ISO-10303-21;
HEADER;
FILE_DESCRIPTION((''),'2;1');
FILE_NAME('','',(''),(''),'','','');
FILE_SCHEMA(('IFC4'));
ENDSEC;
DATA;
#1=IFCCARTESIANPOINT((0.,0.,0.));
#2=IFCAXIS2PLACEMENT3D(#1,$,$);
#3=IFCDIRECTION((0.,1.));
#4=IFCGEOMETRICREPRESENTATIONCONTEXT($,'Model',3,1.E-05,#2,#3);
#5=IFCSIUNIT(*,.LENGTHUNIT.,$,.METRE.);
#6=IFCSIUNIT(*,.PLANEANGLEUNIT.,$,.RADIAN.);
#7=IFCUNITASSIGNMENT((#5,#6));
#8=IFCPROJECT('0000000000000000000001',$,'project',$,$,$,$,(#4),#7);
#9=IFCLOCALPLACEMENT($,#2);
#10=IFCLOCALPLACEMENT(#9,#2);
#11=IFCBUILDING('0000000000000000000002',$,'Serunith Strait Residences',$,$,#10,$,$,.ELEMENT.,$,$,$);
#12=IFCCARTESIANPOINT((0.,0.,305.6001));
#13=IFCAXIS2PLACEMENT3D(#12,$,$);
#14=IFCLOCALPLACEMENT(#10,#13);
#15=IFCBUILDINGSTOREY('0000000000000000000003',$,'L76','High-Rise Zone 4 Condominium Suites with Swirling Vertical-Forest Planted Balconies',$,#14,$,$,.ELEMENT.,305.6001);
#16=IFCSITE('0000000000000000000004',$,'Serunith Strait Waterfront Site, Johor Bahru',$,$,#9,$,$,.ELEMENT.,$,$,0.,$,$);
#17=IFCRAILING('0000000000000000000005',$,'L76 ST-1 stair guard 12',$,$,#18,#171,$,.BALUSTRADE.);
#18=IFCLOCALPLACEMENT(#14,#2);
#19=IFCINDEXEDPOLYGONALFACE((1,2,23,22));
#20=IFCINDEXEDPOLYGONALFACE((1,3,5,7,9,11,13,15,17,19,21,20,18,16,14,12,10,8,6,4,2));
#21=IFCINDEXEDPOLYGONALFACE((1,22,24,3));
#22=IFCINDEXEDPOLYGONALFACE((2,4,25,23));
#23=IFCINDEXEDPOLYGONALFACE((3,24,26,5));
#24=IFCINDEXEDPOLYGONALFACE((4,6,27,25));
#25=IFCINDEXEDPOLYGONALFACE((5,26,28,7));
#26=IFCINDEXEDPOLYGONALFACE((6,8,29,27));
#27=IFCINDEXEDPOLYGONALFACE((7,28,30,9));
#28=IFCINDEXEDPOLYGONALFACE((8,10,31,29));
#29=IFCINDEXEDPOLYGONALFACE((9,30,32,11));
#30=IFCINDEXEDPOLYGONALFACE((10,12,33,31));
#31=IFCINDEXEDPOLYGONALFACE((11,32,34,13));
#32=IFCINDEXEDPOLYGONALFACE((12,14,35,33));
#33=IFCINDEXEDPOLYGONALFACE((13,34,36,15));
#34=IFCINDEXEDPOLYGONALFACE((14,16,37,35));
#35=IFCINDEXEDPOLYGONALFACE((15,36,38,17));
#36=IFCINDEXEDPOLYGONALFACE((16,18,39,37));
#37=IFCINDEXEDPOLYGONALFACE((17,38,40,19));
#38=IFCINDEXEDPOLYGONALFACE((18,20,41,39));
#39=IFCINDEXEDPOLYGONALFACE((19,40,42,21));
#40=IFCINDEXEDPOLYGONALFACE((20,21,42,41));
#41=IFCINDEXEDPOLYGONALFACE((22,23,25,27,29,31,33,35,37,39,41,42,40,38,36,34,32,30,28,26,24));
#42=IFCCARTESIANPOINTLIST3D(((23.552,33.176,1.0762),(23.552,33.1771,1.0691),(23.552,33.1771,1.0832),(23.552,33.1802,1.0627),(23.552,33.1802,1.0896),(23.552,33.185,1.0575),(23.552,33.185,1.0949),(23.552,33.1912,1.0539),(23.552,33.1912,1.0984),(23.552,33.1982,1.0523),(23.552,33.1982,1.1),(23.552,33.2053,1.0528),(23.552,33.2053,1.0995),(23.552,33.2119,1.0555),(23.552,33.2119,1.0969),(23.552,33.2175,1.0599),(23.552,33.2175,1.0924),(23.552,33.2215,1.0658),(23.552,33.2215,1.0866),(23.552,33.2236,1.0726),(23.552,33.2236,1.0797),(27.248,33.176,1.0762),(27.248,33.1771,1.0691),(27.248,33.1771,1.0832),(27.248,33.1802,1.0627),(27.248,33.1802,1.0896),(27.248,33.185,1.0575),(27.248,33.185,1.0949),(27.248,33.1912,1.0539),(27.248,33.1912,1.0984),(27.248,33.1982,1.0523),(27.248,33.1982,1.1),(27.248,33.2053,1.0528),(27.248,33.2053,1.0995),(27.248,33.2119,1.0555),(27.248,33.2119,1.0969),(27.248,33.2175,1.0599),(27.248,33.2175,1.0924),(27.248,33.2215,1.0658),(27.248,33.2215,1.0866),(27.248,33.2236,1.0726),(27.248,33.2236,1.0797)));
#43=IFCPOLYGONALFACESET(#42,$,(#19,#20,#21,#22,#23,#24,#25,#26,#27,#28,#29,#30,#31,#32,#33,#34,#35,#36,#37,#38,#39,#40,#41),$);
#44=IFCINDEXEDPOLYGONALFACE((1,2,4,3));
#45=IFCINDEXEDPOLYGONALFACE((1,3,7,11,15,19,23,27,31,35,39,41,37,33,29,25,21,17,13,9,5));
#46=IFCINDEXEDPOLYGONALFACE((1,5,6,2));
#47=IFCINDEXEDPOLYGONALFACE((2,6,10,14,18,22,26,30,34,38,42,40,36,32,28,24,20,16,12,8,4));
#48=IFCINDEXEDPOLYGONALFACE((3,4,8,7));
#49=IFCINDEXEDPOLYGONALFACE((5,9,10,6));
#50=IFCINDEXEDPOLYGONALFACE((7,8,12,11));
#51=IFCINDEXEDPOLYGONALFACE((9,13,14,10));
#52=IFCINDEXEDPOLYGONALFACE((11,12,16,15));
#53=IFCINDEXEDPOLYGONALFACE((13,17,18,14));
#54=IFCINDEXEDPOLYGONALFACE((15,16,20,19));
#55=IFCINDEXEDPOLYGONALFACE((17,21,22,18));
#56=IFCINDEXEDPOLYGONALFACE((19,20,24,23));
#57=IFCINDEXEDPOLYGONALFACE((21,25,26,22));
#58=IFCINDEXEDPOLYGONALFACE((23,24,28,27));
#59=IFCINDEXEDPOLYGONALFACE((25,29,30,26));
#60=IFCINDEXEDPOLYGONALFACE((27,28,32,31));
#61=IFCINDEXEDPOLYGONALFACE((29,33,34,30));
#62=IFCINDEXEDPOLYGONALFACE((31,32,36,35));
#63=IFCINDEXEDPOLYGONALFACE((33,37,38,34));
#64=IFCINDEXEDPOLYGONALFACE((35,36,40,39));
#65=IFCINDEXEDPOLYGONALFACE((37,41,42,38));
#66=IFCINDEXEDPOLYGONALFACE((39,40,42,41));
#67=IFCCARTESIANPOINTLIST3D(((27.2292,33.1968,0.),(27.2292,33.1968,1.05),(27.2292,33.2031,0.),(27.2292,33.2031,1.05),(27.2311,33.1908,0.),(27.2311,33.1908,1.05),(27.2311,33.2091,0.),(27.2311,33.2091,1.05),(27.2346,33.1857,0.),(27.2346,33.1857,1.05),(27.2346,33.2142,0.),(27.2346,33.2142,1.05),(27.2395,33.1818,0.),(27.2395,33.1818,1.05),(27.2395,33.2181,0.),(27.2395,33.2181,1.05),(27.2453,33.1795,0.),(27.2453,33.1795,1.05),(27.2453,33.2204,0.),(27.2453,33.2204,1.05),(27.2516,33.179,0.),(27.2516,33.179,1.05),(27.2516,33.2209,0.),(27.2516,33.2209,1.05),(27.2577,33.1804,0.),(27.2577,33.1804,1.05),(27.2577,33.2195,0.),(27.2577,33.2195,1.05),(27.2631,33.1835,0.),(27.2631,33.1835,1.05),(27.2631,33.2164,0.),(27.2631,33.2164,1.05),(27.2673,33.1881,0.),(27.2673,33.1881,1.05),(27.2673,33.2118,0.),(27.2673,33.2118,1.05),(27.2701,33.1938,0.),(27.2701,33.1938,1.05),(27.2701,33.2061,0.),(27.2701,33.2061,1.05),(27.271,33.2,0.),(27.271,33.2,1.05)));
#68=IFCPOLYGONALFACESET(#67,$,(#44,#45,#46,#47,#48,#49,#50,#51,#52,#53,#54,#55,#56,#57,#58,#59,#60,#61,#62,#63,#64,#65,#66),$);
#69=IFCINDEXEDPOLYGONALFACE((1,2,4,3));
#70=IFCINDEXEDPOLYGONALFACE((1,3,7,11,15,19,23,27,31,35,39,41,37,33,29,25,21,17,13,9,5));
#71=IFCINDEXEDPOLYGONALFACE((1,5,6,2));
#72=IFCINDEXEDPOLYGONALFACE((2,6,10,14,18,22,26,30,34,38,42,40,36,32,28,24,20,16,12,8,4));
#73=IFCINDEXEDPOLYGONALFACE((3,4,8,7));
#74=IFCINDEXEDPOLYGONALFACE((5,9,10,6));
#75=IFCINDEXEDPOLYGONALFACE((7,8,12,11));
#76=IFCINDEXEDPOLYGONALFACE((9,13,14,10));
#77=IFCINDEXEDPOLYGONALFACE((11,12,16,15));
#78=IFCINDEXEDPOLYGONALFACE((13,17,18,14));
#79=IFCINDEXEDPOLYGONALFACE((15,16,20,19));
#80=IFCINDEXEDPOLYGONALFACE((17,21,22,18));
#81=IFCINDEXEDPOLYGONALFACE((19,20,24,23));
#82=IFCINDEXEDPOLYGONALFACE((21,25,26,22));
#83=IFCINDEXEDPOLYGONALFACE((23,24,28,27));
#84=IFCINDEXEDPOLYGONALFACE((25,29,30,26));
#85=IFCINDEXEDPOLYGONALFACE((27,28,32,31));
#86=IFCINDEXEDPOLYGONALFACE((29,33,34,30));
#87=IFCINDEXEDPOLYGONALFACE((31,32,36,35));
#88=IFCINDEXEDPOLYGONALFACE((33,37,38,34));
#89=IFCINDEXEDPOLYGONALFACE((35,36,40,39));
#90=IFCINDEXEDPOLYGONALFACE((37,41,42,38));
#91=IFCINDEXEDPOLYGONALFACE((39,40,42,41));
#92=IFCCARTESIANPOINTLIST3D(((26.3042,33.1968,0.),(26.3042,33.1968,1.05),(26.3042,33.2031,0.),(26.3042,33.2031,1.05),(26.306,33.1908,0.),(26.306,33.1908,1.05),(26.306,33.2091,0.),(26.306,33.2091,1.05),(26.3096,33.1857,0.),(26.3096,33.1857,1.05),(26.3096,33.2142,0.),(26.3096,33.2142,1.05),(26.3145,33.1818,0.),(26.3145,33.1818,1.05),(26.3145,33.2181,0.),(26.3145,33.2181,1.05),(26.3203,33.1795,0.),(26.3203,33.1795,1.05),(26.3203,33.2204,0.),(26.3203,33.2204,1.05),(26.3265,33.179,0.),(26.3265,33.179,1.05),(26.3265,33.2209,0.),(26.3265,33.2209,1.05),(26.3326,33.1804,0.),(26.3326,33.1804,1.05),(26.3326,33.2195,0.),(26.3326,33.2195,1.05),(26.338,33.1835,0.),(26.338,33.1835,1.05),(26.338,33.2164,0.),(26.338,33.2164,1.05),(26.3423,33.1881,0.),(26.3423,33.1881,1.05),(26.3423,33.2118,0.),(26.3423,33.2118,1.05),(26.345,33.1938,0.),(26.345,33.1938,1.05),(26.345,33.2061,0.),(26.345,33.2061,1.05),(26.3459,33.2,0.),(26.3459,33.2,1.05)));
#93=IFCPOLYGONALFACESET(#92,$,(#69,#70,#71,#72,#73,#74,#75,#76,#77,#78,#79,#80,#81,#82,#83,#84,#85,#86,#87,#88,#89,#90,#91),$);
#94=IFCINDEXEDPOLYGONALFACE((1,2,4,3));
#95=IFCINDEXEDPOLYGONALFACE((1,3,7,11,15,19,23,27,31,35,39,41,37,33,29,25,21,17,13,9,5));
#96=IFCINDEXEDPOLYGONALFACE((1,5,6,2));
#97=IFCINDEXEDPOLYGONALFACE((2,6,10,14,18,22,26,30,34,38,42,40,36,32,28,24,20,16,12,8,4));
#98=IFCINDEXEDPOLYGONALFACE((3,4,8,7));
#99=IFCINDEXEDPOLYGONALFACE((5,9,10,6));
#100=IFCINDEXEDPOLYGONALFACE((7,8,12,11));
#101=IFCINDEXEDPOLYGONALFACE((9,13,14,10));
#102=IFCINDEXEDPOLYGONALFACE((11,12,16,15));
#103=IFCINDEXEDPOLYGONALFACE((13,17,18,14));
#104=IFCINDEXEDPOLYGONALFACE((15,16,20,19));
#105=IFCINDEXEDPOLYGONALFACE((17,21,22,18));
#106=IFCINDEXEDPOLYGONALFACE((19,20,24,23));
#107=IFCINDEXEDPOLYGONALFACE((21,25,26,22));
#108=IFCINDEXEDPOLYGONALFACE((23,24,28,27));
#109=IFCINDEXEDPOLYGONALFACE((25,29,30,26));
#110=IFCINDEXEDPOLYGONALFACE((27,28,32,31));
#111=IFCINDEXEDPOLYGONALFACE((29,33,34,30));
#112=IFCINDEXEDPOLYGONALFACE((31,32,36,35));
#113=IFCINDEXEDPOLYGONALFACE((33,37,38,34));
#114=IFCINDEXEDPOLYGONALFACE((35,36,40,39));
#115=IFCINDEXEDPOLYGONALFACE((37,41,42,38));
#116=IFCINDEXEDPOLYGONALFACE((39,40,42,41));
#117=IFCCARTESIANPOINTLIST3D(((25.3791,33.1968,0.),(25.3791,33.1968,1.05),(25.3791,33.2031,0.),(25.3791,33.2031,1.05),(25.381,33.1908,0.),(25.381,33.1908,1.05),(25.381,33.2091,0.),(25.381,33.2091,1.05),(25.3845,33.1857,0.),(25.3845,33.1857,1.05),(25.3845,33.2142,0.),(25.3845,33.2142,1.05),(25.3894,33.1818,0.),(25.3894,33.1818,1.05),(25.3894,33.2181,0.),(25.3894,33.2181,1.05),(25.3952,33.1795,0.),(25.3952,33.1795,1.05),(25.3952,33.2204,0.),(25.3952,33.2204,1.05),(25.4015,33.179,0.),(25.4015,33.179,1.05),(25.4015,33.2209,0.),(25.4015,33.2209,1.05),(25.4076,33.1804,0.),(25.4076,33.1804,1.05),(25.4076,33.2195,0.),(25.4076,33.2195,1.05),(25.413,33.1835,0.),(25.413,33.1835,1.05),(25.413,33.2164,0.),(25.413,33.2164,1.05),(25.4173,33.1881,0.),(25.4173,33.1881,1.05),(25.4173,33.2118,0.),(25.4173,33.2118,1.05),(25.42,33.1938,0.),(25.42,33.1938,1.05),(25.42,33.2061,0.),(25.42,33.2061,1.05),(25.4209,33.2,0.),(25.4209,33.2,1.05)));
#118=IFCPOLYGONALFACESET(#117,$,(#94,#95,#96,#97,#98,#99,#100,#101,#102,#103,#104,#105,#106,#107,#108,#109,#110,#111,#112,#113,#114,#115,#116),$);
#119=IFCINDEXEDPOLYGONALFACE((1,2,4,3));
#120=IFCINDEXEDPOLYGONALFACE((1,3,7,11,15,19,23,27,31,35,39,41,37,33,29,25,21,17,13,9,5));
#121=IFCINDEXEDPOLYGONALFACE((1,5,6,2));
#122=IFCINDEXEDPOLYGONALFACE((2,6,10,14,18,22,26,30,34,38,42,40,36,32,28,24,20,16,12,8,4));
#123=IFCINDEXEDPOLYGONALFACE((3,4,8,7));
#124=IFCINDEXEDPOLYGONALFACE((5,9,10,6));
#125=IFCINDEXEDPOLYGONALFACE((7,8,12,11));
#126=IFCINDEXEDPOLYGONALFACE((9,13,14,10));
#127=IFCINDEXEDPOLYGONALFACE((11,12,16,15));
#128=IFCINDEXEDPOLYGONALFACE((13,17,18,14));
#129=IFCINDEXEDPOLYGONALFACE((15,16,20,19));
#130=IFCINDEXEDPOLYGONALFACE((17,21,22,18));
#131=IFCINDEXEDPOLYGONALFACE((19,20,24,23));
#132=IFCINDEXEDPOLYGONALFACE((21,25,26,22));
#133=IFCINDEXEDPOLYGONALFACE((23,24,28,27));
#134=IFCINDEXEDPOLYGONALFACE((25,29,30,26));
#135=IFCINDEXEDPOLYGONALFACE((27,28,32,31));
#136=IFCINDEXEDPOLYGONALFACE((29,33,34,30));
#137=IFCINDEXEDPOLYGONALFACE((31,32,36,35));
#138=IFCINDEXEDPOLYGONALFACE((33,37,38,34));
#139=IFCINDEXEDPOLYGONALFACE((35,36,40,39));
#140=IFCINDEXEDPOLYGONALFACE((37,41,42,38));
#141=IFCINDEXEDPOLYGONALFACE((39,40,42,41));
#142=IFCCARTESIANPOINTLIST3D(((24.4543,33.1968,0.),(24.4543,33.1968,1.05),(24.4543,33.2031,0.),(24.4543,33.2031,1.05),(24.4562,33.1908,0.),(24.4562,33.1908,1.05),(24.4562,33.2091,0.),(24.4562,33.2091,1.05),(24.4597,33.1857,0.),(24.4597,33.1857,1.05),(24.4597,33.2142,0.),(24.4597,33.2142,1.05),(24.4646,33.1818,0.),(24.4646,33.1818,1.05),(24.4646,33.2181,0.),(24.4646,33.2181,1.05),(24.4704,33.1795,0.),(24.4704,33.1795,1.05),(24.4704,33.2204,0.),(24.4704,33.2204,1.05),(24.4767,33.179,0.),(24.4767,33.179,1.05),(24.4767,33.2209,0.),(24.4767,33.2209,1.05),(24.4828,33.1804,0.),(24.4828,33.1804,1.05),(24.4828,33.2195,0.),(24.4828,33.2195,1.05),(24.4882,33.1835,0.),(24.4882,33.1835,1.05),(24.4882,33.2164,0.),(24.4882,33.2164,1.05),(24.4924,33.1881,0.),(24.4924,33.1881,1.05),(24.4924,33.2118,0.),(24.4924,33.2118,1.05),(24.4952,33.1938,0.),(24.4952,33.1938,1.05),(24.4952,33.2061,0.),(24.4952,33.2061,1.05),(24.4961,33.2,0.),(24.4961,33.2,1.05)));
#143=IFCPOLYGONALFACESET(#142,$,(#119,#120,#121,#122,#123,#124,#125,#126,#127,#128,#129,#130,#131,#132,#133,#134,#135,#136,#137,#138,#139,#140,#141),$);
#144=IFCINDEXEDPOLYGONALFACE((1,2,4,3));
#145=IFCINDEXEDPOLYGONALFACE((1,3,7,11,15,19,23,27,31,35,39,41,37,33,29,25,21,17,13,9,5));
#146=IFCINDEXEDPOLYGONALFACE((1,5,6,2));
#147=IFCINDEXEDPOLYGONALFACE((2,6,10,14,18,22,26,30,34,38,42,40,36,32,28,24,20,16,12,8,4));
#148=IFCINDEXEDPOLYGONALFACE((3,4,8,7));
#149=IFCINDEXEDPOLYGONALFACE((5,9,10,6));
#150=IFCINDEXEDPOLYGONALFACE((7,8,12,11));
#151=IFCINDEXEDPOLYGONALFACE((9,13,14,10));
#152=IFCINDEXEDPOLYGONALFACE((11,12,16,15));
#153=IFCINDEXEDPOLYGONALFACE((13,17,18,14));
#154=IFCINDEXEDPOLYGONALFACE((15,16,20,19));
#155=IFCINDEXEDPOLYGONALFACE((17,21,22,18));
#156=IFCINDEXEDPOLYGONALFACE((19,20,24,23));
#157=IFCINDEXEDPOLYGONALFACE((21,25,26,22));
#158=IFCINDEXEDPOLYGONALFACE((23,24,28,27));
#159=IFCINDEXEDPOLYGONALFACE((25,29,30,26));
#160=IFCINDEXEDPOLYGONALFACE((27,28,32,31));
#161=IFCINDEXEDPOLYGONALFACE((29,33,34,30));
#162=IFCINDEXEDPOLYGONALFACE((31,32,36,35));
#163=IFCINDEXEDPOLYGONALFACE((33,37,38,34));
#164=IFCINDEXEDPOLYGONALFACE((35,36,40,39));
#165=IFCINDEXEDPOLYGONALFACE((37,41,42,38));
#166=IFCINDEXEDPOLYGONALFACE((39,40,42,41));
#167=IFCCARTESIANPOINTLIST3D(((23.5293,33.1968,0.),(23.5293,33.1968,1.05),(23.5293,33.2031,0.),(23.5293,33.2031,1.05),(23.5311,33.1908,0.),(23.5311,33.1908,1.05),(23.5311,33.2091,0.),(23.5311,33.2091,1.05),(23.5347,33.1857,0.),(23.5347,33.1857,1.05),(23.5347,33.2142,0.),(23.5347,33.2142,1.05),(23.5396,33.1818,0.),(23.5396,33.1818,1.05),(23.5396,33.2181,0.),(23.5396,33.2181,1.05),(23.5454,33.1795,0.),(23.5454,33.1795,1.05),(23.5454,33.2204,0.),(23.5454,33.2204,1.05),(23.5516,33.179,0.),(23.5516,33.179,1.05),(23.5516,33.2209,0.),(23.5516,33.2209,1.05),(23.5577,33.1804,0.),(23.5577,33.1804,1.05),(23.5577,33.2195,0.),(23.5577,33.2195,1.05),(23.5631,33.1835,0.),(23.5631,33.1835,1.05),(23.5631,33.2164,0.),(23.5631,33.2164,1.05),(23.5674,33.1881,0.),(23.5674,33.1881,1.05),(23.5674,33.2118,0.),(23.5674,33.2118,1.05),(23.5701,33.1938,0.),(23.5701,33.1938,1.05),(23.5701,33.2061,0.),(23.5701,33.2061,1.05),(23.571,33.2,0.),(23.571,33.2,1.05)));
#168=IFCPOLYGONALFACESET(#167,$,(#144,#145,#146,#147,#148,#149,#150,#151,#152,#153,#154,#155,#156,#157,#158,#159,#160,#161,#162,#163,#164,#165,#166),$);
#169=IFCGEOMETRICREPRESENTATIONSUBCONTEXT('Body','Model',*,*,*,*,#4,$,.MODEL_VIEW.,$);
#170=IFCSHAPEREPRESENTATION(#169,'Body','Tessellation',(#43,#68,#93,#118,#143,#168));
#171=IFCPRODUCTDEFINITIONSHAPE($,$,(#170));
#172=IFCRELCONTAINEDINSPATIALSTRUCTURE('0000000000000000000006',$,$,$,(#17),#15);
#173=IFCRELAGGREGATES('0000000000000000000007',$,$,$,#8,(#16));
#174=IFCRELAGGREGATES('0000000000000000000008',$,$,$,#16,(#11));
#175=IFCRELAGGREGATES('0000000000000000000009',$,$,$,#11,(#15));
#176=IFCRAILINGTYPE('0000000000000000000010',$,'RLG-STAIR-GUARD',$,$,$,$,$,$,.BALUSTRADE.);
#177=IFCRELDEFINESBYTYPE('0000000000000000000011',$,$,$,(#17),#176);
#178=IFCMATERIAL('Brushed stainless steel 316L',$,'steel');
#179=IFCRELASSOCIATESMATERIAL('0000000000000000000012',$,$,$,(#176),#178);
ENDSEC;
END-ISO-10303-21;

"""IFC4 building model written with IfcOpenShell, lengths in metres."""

from ifc_helpers import new_model, si_unit, direction, frame, origin, origin_2d, place, context, subcontext, project, spatial, circle, extrude, material, type_object, element, save


model = new_model("IFC4")

# Units and contexts
model_context = context("Model", 3, precision=1e-05, world=origin(), true_north=direction((0.0, 1.0)))
body_context = subcontext(model_context, "Body", "Model", "MODEL_VIEW")
ifc_project = project(units=[si_unit("LENGTHUNIT", "METRE"), si_unit("PLANEANGLEUNIT", "RADIAN")], contexts=[model_context])

# Site, building, storey
site_placement = place(None, origin())
site = spatial("IfcSite", under=ifc_project, at=site_placement, Name="Serunith Strait Waterfront Site, Johor Bahru", CompositionType="ELEMENT", RefElevation=0.0)
building_placement = place(site_placement, origin())
building = spatial("IfcBuilding", under=site, at=building_placement, Name="Serunith Strait Residences", CompositionType="ELEMENT")
storey_placement = place(building_placement, frame((0.0, 0.0, 305.6001)))
storey = spatial("IfcBuildingStorey", under=building, at=storey_placement, Name="L76", Description="High-Rise Zone 4 Condominium Suites with Swirling Vertical-Forest Planted Balconies", CompositionType="ELEMENT", Elevation=305.6001)

# Railing
ifc_material_1 = material(Name="Brushed stainless steel 316L", Category="steel")
railing_type_1 = type_object("IfcRailingType", Name="RLG-STAIR-GUARD", PredefinedType="BALUSTRADE", material=ifc_material_1)
railing_1_placement = place(storey_placement, frame((27.25, 33.2, 0.0)))
element("IfcRailing", 1, at=railing_1_placement, inside=storey, type_object=railing_type_1, Name="L76 ST-1 stair guard 12", PredefinedType="BALUSTRADE", context=body_context, shape_type="SweptSolid", body=[
    extrude(circle(Radius=0.0239, at=origin_2d()), frame((-0.002, 0.0, 1.0762), z_axis=(-1.0, 0.0, 0.0), x_axis=(0.0, -1.0, 0.0)), (0.0, 0.0, 1.0), 3.696),
    extrude(circle(Radius=0.021, at=origin_2d()), origin(), (0.0, 0.0, 1.0), 1.05),
    extrude(circle(Radius=0.021, at=origin_2d()), frame((-0.925, 0.0, 0.0)), (0.0, 0.0, 1.0), 1.05),
    extrude(circle(Radius=0.021, at=origin_2d()), frame((-1.8501, 0.0, 0.0)), (0.0, 0.0, 1.0), 1.05),
    extrude(circle(Radius=0.021, at=origin_2d()), frame((-2.7749, 0.0, 0.0)), (0.0, 0.0, 1.0), 1.05),
    extrude(circle(Radius=0.021, at=origin_2d()), frame((-3.7, 0.0, 0.0)), (0.0, 0.0, 1.0), 1.05),
])

save(model, "model.ifc")
